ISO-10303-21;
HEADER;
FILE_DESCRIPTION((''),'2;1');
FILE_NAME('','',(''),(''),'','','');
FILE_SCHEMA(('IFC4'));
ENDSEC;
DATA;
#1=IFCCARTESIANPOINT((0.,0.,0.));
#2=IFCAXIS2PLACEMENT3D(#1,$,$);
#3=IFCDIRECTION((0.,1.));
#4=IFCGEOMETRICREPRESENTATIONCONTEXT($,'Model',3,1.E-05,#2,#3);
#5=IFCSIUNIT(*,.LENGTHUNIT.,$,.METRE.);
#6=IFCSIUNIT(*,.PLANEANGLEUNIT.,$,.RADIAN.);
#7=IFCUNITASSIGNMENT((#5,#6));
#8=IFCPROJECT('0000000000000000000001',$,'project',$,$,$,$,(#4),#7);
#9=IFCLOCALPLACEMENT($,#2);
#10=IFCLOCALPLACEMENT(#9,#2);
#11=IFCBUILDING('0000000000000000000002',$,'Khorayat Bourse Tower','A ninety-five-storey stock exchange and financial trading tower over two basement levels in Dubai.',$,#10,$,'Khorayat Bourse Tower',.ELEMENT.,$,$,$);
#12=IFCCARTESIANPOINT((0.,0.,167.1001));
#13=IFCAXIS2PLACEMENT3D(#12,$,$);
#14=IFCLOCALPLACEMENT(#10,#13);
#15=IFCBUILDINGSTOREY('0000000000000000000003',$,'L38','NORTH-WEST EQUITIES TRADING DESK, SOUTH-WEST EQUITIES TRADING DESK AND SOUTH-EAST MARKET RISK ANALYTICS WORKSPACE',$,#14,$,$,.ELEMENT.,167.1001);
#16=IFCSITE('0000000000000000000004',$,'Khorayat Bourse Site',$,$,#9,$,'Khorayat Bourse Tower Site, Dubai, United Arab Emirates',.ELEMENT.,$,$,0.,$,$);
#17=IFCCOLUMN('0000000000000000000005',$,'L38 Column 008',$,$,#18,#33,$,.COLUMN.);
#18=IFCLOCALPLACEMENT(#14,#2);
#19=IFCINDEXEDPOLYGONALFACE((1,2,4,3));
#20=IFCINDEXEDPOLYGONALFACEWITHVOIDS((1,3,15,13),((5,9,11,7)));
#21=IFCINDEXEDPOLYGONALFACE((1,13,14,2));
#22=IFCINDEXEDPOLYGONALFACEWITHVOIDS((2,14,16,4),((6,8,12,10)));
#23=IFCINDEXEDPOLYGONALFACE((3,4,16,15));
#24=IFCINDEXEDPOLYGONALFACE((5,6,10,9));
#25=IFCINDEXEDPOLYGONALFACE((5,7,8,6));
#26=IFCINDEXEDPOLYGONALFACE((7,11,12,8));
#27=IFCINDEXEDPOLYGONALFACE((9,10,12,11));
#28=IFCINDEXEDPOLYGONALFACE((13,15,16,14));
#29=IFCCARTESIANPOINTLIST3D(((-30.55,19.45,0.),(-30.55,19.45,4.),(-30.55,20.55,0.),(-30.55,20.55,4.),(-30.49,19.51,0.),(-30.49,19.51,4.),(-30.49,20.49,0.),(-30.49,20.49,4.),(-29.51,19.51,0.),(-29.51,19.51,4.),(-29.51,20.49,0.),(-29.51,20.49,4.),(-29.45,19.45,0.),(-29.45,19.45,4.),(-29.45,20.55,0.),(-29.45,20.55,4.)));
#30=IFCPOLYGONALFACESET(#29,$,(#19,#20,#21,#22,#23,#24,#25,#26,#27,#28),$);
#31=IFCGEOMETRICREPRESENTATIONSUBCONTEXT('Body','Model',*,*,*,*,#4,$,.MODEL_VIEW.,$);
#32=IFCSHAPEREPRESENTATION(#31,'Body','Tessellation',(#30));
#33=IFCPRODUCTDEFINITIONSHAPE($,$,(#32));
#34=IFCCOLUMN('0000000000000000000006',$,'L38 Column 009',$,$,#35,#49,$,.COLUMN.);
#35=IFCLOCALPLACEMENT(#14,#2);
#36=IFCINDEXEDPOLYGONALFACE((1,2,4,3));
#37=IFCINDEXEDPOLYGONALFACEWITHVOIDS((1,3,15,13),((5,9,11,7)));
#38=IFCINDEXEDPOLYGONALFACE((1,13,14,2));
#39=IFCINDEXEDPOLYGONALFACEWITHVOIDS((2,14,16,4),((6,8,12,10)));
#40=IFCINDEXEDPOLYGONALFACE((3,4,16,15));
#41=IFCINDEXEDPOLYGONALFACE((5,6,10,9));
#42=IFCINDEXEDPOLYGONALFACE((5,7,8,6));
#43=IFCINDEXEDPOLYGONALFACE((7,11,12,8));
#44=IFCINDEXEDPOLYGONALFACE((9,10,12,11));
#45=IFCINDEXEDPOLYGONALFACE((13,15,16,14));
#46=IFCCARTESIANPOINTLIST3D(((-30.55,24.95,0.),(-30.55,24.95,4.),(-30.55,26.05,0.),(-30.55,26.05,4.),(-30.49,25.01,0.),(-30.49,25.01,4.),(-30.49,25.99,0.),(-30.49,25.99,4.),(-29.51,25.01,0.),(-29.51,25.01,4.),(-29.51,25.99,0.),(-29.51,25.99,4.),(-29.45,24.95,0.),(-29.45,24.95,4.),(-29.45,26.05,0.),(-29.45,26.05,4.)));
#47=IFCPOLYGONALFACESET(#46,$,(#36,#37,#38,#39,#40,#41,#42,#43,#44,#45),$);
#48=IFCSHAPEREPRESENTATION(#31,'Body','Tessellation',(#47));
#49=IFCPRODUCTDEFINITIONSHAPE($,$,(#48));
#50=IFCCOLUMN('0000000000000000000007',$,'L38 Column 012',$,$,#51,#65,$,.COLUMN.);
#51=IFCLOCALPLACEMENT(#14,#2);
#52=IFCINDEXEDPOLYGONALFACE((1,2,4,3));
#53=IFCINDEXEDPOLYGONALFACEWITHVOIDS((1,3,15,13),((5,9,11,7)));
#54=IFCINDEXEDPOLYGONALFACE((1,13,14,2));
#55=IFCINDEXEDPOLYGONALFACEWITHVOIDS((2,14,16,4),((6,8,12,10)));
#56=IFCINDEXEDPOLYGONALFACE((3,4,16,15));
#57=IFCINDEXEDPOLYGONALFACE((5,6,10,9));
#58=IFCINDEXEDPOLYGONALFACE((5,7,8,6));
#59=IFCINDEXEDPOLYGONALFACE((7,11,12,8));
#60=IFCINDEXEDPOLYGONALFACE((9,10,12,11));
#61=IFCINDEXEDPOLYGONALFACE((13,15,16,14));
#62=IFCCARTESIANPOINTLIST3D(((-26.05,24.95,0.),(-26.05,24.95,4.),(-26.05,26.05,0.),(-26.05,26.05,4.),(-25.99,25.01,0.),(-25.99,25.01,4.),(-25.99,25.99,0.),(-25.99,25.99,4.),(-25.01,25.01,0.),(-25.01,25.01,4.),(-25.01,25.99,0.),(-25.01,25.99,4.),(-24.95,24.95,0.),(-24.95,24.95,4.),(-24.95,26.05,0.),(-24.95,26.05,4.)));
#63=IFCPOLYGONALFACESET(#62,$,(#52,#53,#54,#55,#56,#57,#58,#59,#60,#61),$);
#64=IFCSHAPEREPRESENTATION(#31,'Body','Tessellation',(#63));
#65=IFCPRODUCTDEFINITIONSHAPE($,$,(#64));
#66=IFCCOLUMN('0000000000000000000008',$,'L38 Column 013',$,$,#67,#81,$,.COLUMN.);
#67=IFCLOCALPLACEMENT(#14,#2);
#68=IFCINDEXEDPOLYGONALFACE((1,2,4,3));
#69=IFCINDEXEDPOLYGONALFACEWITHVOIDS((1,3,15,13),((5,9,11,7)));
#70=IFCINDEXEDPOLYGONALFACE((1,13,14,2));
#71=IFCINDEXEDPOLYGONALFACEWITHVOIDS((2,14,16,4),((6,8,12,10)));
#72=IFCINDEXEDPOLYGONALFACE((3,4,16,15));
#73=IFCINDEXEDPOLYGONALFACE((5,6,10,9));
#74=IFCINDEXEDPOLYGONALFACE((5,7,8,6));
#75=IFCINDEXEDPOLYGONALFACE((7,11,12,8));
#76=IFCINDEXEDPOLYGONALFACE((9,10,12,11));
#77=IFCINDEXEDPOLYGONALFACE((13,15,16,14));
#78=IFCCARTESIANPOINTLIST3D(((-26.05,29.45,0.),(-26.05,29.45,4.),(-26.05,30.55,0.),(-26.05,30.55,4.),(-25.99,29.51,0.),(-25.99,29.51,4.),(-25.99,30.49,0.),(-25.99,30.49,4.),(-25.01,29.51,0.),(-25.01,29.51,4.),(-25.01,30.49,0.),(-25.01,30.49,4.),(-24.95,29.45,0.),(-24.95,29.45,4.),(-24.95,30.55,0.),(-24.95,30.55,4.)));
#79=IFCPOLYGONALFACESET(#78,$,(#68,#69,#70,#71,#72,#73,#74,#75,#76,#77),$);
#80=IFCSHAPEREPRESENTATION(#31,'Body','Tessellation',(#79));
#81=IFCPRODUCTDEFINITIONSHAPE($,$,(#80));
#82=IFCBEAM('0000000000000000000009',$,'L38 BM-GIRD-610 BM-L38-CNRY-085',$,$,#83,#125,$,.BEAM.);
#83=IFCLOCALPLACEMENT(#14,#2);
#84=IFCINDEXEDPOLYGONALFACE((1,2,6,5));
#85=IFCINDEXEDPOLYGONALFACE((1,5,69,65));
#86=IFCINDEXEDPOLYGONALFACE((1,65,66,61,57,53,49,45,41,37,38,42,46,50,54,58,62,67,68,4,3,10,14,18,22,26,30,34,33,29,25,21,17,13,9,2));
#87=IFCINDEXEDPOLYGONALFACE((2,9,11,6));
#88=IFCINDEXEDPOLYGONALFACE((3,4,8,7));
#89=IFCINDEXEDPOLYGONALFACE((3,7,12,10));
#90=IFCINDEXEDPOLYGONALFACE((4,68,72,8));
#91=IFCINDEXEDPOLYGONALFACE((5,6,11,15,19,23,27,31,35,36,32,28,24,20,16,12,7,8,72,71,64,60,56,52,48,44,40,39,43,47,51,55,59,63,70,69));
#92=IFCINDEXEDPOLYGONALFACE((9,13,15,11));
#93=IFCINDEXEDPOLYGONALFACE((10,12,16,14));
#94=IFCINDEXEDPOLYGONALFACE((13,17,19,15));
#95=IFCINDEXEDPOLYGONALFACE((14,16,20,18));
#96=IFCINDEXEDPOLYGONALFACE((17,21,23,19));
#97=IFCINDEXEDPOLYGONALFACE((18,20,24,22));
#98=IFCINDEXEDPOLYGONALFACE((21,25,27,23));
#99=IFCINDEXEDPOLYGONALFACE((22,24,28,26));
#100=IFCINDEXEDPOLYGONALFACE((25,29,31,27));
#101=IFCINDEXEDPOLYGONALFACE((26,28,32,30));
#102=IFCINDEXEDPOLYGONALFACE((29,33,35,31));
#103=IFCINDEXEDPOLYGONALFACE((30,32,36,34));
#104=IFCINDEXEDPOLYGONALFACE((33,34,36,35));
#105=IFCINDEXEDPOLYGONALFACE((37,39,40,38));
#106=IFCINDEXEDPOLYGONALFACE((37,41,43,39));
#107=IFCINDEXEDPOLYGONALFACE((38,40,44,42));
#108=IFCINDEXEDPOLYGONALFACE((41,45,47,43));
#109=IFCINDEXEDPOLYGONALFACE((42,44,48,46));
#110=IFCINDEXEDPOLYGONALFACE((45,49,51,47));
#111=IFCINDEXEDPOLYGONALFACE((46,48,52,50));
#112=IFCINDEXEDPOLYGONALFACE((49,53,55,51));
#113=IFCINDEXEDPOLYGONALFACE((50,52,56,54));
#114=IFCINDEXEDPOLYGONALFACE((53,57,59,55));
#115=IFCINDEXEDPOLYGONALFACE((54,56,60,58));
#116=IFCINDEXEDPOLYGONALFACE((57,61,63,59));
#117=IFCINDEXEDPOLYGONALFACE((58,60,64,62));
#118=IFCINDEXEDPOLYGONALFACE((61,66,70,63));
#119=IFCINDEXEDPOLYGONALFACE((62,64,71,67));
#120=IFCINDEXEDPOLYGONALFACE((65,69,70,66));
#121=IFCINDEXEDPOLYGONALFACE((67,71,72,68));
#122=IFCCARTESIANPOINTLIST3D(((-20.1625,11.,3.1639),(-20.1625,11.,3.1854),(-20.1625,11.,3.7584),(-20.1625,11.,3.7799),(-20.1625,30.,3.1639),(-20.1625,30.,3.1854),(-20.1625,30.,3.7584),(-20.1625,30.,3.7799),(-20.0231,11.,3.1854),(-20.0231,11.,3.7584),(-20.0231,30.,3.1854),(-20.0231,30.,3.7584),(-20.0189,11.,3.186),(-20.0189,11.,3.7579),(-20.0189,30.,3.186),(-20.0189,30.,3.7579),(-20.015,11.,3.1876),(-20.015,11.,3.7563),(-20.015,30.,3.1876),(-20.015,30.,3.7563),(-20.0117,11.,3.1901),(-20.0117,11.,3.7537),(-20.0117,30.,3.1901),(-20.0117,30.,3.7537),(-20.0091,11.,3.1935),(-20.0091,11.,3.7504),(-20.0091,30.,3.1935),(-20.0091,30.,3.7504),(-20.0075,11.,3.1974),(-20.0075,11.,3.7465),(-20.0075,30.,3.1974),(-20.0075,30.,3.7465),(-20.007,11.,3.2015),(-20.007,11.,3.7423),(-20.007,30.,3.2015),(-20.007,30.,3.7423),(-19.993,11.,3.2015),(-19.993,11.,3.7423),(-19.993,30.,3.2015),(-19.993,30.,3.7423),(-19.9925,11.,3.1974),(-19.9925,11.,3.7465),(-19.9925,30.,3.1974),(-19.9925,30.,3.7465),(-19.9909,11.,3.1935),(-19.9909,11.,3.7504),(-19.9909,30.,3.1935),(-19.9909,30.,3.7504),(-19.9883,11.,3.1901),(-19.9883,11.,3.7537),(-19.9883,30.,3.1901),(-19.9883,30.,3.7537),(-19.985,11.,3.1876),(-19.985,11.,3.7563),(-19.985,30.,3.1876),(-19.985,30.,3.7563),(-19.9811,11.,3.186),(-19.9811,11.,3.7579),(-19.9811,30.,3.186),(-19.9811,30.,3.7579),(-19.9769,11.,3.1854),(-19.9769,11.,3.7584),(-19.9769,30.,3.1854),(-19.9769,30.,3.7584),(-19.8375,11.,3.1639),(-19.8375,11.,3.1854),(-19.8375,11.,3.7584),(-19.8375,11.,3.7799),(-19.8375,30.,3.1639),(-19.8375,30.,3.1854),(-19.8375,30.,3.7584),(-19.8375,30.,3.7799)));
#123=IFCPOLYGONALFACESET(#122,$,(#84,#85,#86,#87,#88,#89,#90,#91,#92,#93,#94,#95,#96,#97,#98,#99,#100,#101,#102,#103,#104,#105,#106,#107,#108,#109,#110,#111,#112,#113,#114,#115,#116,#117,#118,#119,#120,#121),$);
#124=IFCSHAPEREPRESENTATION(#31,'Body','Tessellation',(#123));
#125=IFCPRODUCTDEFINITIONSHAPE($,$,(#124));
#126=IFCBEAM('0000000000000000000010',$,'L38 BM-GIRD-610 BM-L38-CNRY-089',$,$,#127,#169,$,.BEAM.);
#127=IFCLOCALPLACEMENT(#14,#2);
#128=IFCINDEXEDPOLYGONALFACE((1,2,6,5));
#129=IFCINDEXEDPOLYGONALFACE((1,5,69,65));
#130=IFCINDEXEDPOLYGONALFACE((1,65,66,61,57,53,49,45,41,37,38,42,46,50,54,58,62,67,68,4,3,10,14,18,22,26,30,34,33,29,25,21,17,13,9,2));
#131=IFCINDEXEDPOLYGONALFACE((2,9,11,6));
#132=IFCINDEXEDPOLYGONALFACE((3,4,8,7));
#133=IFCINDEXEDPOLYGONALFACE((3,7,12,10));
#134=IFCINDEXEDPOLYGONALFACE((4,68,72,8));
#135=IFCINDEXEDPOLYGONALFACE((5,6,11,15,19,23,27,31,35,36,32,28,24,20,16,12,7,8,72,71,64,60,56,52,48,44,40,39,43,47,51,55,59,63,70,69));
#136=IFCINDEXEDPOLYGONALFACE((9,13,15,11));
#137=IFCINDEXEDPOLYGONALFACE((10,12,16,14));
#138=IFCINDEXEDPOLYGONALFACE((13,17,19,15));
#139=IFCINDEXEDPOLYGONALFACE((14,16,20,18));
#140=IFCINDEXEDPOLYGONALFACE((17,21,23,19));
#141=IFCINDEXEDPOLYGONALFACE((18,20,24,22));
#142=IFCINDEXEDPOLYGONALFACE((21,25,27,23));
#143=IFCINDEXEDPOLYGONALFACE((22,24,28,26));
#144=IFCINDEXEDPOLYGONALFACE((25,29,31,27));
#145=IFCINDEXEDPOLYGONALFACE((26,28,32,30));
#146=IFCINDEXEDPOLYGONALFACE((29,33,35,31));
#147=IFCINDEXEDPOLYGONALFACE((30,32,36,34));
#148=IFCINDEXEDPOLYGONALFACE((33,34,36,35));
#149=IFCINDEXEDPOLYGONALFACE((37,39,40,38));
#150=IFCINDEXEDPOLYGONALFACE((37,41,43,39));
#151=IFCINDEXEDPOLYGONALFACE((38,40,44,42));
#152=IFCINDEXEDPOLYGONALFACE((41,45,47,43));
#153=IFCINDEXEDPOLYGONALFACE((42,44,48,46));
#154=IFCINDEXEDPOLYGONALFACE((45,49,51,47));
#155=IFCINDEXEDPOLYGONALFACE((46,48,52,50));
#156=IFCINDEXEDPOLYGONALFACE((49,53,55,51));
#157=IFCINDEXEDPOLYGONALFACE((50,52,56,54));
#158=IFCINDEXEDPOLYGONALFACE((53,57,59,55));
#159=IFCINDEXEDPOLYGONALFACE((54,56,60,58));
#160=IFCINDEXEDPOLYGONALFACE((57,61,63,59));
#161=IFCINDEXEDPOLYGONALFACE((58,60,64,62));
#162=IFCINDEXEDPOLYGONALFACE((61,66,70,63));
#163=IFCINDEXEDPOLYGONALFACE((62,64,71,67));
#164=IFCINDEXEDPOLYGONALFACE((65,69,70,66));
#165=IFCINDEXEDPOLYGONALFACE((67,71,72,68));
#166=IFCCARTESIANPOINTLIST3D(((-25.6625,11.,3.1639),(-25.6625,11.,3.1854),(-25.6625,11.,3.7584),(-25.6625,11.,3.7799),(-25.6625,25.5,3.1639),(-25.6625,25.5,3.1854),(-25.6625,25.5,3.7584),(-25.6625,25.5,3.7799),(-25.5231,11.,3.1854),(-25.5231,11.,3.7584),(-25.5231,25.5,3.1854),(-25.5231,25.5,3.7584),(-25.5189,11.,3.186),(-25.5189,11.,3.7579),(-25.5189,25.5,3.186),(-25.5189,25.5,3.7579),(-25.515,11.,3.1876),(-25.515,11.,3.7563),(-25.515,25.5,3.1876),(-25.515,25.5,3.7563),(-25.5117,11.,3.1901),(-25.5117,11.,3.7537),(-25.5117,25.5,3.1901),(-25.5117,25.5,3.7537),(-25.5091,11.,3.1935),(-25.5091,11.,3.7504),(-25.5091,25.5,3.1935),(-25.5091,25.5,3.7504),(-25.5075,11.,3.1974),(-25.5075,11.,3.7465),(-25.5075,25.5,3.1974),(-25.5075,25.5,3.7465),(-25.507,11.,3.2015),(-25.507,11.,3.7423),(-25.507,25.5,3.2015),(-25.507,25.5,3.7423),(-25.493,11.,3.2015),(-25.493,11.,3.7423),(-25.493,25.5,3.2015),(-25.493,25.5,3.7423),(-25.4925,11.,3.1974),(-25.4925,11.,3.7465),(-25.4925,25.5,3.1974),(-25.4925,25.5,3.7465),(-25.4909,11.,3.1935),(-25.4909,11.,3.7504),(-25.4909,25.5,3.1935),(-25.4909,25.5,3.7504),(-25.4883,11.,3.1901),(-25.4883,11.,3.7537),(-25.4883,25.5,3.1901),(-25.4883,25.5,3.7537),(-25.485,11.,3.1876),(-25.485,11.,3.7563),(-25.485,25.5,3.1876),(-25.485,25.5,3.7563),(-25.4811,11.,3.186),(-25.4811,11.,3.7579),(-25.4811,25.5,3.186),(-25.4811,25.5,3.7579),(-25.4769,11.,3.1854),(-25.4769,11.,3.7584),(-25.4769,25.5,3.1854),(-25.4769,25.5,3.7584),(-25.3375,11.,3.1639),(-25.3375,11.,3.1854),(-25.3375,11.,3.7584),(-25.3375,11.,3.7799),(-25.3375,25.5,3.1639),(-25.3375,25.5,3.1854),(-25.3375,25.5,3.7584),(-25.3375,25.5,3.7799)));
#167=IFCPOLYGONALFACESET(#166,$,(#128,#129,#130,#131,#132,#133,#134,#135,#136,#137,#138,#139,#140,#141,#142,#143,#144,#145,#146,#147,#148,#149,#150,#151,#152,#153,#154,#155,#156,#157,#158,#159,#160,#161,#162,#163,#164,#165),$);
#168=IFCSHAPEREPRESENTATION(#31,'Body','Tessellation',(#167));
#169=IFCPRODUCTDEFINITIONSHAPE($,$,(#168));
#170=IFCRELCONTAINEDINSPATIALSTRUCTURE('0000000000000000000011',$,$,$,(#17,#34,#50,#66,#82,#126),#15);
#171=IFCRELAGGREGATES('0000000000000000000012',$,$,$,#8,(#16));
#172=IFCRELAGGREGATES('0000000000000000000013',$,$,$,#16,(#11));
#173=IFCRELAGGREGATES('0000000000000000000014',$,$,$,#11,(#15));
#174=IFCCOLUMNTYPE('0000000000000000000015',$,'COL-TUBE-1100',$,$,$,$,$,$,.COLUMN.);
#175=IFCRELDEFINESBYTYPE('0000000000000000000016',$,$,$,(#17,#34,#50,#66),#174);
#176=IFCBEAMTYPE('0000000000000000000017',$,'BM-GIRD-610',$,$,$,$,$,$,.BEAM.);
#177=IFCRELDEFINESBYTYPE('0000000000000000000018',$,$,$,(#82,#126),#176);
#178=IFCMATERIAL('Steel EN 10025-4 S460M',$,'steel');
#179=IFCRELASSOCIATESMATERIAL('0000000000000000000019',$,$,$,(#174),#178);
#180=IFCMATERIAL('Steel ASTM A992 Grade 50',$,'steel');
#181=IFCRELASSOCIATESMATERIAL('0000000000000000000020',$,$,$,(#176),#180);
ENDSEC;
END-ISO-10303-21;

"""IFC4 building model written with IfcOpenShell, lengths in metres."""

from ifc_helpers import new_model, si_unit, direction, frame, origin, origin_2d, place, context, subcontext, project, spatial, hollow_rectangle, i_section, extrude, source, transform, mapped, material, material_profile, profile_set, type_object, element, save


model = new_model("IFC4")

# Units and contexts
model_context = context("Model", 3, precision=1e-05, world=origin(), true_north=direction((0.0, 1.0)))
body_context = subcontext(model_context, "Body", "Model", "MODEL_VIEW")
ifc_project = project(units=[si_unit("LENGTHUNIT", "METRE"), si_unit("PLANEANGLEUNIT", "RADIAN")], contexts=[model_context])

# Site, building, storey
site_placement = place(None, origin())
site = spatial("IfcSite", under=ifc_project, at=site_placement, Name="Khorayat Bourse Site", LongName="Khorayat Bourse Tower Site, Dubai, United Arab Emirates", CompositionType="ELEMENT", RefElevation=0.0)
building_placement = place(site_placement, origin())
building = spatial("IfcBuilding", under=site, at=building_placement, Name="Khorayat Bourse Tower", Description="A ninety-five-storey stock exchange and financial trading tower over two basement levels in Dubai.", LongName="Khorayat Bourse Tower", CompositionType="ELEMENT")
storey_placement = place(building_placement, frame((0.0, 0.0, 167.1001)))
storey = spatial("IfcBuildingStorey", under=building, at=storey_placement, Name="L38", Description="NORTH-WEST EQUITIES TRADING DESK, SOUTH-WEST EQUITIES TRADING DESK AND SOUTH-EAST MARKET RISK ANALYTICS WORKSPACE", CompositionType="ELEMENT", Elevation=167.1001)

# Columns
ifc_material_1 = material(Name="Steel EN 10025-4 S460M", Category="steel")
ifc_material_profile_1 = material_profile(ifc_material_1, hollow_rectangle(XDim=1.1001, YDim=1.1001, WallThickness=0.0601, at=origin_2d()), Name="BOX 1100x1100x60")
ifc_profile_set_1 = profile_set([ifc_material_profile_1], Name="Steel EN 10025-4 S460M")
column_type = type_object("IfcColumnType", Name="COL-TUBE-1100", PredefinedType="COLUMN", material=ifc_profile_set_1)
shared_shape_1 = source(origin(), body_context, "Body", "SweptSolid", [
    extrude(hollow_rectangle(XDim=1.1001, YDim=1.1001, WallThickness=0.0601, at=origin_2d()), origin(), (0.0, 0.0, 1.0), 4.0),
])
for number, where, z_axis, x_axis, name in (
    (1, (-30.0, 20.0, 0.0), (0.0, 0.0, 1.0), (1.0, 0.0, 0.0), "L38 Column 008"),
    (2, (-30.0, 25.5, 0.0), (0.0, 0.0, 1.0), (1.0, 0.0, 0.0), "L38 Column 009"),
    (3, (-25.5, 25.5, 0.0), (0.0, 0.0, 1.0), (1.0, 0.0, 0.0), "L38 Column 012"),
    (4, (-25.5, 30.0, 0.0), (0.0, 0.0, 1.0), (1.0, 0.0, 0.0), "L38 Column 013"),
):
    element("IfcColumn", number, at=place(storey_placement, frame(where, z_axis=z_axis, x_axis=x_axis)), inside=storey, type_object=column_type, Name=name, PredefinedType="COLUMN", context=body_context, shape_type="MappedRepresentation", body=[
        mapped(shared_shape_1, transform((0.0, 0.0, 0.0), scale=1.0)),
    ])

# Beams
ifc_material_2 = material(Name="Steel ASTM A992 Grade 50", Category="steel")
ifc_material_profile_2 = material_profile(ifc_material_2, i_section(OverallWidth=0.325, OverallDepth=0.616, WebThickness=0.0139, FlangeThickness=0.0215, FilletRadius=0.0161, at=origin_2d()), Name="W610X174")
ifc_profile_set_2 = profile_set([ifc_material_profile_2], Name="Steel ASTM A992 Grade 50")
beam_type_1 = type_object("IfcBeamType", Name="BM-GIRD-610", PredefinedType="BEAM", material=ifc_profile_set_2)
shared_shape_2 = source(origin(), body_context, "Body", "SweptSolid", [
    extrude(i_section(OverallWidth=0.325, OverallDepth=0.616, WebThickness=0.0139, FlangeThickness=0.0215, FilletRadius=0.0161, at=origin_2d()), origin(), (0.0, 0.0, 1.0), 19.0),
])
beam_1_placement = place(storey_placement, frame((-20.0, 11.0, 3.4719), z_axis=(0.0, 1.0, 0.0), x_axis=(-1.0, 0.0, 0.0)))
element("IfcBeam", 5, at=beam_1_placement, inside=storey, type_object=beam_type_1, Name="L38 BM-GIRD-610 BM-L38-CNRY-085", PredefinedType="BEAM", context=body_context, shape_type="MappedRepresentation", body=[
    mapped(shared_shape_2, transform((0.0, 0.0, 0.0), scale=1.0)),
])
shared_shape_3 = source(origin(), body_context, "Body", "SweptSolid", [
    extrude(i_section(OverallWidth=0.325, OverallDepth=0.616, WebThickness=0.0139, FlangeThickness=0.0215, FilletRadius=0.0161, at=origin_2d()), origin(), (0.0, 0.0, 1.0), 14.5),
])
beam_2_placement = place(storey_placement, frame((-25.5, 11.0, 3.4719), z_axis=(0.0, 1.0, 0.0), x_axis=(-1.0, 0.0, 0.0)))
element("IfcBeam", 6, at=beam_2_placement, inside=storey, type_object=beam_type_1, Name="L38 BM-GIRD-610 BM-L38-CNRY-089", PredefinedType="BEAM", context=body_context, shape_type="MappedRepresentation", body=[
    mapped(shared_shape_3, transform((0.0, 0.0, 0.0), scale=1.0)),
])

save(model, "model.ifc")
